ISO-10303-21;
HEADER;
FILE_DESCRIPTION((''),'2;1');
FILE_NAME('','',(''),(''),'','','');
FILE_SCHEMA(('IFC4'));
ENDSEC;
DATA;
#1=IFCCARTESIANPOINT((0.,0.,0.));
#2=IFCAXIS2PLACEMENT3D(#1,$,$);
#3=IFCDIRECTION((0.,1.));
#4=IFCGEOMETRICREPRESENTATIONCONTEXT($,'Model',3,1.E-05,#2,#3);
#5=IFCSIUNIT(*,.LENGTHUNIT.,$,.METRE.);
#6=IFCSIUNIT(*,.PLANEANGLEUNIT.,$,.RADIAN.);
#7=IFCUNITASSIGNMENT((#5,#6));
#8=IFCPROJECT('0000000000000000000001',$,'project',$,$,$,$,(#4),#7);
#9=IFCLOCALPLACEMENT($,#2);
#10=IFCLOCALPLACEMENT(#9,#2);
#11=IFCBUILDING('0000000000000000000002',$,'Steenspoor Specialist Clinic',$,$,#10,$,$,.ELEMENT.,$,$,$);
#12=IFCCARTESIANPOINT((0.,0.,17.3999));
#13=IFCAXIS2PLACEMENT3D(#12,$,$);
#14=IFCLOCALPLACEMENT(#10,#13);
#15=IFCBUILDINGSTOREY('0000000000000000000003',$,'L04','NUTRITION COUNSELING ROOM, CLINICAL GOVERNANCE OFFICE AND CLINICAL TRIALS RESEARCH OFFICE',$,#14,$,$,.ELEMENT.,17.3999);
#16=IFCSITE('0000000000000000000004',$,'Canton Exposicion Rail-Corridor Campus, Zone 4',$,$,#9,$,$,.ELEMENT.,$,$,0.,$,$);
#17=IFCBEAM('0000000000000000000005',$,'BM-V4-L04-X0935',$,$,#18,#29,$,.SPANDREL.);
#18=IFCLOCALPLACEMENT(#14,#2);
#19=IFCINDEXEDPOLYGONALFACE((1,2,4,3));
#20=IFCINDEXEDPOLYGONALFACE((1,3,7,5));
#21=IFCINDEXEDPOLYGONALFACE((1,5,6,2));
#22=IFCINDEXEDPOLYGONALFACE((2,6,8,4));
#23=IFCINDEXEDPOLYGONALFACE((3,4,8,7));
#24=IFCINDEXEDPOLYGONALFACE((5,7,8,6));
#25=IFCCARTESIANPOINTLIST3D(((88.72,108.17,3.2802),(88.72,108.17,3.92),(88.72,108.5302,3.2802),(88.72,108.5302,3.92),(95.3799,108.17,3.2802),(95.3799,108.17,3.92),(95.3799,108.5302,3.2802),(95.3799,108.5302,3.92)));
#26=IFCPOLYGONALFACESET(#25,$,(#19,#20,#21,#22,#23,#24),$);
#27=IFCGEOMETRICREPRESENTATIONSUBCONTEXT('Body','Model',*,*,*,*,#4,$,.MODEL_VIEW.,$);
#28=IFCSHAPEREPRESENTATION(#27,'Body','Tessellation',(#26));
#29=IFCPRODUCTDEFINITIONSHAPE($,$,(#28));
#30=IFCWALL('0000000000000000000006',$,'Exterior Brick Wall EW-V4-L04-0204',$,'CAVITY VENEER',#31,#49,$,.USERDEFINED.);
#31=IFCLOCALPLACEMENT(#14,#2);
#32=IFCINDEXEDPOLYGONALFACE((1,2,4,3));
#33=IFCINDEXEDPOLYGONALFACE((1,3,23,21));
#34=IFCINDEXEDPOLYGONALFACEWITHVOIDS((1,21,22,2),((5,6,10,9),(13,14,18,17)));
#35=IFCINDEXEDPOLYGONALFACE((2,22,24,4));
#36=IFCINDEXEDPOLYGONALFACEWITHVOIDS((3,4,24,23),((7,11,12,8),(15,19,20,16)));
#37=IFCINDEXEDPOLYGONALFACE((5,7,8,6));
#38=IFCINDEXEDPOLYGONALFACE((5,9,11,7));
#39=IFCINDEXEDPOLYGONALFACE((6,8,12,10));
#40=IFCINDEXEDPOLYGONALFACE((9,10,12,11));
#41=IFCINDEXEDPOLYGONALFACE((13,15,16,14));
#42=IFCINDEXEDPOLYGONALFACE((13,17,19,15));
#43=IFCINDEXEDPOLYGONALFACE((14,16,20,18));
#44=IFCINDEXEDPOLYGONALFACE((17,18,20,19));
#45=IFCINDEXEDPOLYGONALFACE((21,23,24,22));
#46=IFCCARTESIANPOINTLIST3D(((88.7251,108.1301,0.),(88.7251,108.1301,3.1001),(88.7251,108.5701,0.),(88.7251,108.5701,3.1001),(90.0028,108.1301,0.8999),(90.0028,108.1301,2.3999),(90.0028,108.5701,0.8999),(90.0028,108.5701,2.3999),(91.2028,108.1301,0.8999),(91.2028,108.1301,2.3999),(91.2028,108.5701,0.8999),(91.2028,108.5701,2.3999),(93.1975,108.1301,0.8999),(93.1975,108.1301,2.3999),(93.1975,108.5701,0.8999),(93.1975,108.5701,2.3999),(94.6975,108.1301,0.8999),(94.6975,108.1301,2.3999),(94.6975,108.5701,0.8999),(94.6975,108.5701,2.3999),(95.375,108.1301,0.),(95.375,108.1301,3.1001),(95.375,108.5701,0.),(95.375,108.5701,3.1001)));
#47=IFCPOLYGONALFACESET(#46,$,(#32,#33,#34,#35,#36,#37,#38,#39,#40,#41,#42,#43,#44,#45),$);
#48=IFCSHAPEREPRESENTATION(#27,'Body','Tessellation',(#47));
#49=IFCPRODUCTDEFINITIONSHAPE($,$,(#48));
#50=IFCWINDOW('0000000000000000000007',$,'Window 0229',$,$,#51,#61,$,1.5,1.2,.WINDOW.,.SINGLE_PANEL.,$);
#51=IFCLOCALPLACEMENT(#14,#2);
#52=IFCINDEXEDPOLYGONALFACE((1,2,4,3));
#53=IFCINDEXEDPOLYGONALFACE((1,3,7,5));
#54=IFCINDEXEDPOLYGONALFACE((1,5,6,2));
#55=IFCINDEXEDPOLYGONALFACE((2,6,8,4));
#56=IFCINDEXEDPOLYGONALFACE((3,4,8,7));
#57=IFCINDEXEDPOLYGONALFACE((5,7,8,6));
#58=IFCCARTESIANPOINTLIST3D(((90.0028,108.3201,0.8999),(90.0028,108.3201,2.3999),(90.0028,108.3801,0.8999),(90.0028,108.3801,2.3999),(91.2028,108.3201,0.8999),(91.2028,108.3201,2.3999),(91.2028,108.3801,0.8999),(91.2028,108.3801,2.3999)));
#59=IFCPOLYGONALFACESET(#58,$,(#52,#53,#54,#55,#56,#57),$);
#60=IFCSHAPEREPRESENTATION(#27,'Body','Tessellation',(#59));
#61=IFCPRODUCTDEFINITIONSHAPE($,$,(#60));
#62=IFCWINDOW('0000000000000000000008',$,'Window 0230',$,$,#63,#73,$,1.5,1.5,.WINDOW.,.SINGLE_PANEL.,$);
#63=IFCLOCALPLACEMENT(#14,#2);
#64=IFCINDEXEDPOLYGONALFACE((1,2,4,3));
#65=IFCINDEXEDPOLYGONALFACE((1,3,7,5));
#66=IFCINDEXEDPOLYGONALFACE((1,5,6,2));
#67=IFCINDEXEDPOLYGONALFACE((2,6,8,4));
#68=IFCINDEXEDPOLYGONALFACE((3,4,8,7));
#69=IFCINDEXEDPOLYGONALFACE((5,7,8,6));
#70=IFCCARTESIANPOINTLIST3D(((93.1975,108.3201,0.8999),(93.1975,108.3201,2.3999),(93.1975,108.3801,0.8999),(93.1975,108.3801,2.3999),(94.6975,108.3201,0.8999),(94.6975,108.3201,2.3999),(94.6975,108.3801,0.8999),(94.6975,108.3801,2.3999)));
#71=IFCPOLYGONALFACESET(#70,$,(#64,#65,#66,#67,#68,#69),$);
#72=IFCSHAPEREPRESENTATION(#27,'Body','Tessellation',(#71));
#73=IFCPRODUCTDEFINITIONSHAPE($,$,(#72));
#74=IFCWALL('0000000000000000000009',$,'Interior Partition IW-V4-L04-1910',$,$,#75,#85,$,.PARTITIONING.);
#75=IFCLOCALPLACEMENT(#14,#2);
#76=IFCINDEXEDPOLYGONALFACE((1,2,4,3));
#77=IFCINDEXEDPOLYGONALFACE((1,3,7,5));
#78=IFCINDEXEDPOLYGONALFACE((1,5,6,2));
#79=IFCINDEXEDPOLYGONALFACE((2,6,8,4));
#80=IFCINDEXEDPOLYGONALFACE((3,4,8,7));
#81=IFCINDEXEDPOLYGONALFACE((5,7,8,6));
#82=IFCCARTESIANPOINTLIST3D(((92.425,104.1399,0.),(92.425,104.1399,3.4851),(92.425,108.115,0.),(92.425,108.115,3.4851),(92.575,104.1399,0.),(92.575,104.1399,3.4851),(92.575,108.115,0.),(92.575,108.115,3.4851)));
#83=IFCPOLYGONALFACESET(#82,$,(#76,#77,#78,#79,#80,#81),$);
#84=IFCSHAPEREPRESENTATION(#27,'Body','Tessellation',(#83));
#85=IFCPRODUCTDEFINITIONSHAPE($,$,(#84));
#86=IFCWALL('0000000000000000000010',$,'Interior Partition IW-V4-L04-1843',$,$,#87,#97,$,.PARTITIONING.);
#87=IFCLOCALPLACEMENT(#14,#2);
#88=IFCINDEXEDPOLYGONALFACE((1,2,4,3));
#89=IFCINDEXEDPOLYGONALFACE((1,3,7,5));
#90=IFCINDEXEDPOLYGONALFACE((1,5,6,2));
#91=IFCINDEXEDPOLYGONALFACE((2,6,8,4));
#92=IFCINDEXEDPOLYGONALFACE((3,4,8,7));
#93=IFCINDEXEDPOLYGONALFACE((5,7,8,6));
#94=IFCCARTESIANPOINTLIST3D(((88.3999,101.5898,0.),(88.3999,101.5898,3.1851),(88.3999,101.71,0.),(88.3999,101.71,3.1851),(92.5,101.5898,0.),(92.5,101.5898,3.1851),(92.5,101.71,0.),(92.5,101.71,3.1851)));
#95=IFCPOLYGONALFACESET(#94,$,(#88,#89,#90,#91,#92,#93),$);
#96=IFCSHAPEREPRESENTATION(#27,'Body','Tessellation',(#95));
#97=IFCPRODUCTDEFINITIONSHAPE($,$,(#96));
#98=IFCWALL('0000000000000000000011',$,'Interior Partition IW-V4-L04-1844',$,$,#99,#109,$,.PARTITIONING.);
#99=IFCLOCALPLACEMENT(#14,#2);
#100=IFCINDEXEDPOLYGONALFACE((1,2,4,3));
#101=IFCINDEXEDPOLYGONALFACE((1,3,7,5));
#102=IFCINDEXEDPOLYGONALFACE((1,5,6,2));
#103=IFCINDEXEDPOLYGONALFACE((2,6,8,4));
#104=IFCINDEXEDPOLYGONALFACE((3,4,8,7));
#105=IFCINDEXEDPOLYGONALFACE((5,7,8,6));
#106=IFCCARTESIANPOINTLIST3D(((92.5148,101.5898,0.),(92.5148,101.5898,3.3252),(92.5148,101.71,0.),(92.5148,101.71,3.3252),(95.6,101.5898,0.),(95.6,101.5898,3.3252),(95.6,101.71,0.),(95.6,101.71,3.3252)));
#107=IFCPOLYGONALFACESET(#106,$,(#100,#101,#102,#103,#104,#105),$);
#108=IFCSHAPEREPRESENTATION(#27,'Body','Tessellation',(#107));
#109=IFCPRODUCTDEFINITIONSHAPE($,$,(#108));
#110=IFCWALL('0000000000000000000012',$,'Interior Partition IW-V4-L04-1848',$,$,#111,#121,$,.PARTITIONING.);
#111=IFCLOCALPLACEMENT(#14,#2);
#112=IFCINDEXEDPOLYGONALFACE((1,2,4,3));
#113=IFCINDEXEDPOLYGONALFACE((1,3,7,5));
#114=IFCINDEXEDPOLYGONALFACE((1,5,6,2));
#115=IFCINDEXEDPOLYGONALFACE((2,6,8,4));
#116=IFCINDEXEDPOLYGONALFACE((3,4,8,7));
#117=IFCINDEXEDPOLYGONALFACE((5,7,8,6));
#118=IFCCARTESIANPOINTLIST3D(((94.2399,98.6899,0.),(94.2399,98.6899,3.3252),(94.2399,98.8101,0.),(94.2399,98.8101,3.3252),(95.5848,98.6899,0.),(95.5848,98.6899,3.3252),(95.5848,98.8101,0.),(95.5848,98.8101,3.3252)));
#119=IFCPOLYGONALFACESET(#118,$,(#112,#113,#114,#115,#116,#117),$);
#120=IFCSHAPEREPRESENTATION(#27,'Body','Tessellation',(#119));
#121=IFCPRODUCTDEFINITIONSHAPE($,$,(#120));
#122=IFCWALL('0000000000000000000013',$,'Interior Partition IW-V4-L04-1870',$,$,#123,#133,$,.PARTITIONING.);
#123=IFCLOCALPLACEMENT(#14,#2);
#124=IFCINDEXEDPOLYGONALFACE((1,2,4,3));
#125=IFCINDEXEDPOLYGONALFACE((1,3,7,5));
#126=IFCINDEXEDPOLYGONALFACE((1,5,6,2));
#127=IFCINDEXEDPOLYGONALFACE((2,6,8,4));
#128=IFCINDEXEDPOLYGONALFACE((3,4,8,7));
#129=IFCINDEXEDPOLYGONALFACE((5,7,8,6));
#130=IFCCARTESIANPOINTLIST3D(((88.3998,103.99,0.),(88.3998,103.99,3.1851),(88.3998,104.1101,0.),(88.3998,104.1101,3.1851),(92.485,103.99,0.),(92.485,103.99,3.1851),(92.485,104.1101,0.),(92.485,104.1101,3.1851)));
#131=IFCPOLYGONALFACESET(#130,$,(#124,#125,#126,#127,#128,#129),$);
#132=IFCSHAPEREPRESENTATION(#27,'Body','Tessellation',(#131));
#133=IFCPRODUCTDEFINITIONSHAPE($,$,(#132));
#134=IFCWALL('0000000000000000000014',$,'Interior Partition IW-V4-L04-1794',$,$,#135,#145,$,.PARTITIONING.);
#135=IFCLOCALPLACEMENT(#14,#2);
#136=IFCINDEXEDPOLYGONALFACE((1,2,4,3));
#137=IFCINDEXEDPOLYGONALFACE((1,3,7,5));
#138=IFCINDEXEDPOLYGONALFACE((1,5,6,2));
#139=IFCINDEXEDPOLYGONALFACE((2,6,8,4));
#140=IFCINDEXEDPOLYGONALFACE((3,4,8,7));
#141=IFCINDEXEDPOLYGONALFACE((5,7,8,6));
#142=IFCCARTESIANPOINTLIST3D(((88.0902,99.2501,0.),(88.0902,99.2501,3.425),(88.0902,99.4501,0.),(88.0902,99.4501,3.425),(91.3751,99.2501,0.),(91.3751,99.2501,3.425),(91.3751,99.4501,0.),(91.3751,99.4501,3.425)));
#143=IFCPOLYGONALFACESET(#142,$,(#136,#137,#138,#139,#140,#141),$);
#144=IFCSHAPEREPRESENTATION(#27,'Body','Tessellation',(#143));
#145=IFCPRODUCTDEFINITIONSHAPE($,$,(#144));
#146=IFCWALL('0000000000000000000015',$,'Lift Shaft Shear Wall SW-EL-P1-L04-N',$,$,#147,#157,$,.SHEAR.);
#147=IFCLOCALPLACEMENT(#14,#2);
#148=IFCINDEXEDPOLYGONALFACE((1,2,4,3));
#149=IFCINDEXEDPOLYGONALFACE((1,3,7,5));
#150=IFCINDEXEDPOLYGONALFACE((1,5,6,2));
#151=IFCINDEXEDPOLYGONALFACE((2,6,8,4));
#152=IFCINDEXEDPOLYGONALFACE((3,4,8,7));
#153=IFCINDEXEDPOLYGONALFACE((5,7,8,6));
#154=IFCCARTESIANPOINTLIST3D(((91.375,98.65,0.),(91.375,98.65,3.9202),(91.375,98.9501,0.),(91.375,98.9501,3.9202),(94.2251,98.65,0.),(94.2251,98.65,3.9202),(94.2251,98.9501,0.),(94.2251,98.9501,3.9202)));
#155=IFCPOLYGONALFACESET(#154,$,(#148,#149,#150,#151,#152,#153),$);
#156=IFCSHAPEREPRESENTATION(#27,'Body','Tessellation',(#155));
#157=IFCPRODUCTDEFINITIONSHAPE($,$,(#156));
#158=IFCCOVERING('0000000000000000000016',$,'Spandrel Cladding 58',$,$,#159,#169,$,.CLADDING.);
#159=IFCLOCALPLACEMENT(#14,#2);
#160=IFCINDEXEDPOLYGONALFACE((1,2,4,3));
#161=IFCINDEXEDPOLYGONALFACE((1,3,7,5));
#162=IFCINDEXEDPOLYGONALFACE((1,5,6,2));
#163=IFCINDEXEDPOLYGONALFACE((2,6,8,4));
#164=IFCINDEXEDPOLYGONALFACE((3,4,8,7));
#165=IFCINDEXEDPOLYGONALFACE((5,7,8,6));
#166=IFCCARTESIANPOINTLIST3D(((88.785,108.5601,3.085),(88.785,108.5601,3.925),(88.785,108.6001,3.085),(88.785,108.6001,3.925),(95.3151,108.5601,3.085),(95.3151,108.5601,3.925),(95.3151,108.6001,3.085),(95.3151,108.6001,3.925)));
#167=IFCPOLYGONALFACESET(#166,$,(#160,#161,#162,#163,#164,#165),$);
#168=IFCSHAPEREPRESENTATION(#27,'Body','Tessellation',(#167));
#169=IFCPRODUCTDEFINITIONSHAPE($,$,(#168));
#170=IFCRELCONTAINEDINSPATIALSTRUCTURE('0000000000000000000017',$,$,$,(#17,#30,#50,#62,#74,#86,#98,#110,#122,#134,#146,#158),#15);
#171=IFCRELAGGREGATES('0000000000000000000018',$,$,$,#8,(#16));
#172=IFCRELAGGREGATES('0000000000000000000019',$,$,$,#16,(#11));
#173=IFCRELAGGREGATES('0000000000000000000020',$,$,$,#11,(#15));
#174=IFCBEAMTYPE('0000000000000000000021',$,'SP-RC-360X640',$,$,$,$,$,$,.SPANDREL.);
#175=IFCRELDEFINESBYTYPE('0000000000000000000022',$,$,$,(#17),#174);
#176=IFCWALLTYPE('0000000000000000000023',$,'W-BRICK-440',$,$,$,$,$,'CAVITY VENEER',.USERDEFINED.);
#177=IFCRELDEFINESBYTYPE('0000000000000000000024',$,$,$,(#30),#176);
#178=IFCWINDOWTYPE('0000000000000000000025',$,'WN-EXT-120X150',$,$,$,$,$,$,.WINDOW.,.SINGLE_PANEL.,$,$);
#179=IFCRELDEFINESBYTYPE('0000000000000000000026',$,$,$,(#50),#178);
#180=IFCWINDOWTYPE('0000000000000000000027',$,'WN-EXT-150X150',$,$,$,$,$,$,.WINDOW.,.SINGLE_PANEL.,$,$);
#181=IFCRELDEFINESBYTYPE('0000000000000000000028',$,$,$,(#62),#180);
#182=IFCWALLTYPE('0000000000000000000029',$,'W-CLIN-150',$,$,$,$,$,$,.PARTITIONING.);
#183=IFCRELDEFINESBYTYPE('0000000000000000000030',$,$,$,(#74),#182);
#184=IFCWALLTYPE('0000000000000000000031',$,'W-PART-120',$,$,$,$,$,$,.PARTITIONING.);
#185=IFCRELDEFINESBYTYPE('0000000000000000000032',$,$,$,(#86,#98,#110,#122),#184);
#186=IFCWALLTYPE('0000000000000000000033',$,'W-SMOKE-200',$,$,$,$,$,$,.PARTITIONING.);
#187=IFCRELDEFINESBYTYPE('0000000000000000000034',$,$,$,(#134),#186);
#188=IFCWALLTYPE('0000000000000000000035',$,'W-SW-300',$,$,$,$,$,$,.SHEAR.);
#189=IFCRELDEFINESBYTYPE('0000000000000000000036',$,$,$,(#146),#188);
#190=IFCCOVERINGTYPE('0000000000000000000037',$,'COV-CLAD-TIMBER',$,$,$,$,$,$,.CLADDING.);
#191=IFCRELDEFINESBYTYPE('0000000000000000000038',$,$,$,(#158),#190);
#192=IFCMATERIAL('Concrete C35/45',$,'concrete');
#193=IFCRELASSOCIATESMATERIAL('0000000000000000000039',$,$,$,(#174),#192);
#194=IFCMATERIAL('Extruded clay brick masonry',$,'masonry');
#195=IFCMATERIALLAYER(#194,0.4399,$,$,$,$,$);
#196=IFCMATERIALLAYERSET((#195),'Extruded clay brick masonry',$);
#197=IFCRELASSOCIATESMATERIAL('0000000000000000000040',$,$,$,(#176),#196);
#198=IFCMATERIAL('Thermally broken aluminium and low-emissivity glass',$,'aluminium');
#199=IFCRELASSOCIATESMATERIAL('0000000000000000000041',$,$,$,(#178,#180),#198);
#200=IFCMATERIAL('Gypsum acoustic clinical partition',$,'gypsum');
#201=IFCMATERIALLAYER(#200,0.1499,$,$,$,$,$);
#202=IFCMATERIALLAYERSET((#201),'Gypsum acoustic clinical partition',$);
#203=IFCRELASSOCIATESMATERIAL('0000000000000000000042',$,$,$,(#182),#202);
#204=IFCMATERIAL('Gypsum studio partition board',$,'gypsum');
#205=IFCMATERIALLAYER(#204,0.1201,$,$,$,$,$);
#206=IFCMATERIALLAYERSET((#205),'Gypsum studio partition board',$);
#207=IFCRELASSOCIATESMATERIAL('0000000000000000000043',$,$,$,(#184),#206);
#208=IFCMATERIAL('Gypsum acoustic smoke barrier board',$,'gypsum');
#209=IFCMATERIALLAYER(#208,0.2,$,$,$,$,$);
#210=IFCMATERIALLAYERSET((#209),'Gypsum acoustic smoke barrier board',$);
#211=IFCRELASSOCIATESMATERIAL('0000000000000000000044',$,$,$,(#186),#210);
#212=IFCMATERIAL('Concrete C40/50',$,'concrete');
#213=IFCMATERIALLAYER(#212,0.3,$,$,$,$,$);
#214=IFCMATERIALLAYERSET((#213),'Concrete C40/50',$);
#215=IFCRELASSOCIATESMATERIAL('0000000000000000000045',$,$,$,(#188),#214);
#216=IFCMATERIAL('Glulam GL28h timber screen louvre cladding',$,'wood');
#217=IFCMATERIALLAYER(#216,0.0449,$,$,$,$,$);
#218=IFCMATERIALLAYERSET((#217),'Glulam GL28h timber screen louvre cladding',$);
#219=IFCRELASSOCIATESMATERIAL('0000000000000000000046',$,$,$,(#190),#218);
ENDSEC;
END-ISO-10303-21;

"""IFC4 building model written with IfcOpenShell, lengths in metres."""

from ifc_helpers import new_model, si_unit, direction, frame, frame_2d, origin, origin_2d, place, context, subcontext, project, spatial, rectangle, extrude, material, layer, layer_set, material_profile, profile_set, type_object, element, fill, save


model = new_model("IFC4")

# Units and contexts
model_context = context("Model", 3, precision=1e-05, world=origin(), true_north=direction((0.0, 1.0)))
body_context = subcontext(model_context, "Body", "Model", "MODEL_VIEW")
ifc_project = project(units=[si_unit("LENGTHUNIT", "METRE"), si_unit("PLANEANGLEUNIT", "RADIAN")], contexts=[model_context])

# Site, building, storey
site_placement = place(None, origin())
site = spatial("IfcSite", under=ifc_project, at=site_placement, Name="Canton Exposicion Rail-Corridor Campus, Zone 4", CompositionType="ELEMENT", RefElevation=0.0)
building_placement = place(site_placement, origin())
building = spatial("IfcBuilding", under=site, at=building_placement, Name="Steenspoor Specialist Clinic", CompositionType="ELEMENT")
storey_placement = place(building_placement, frame((0.0, 0.0, 17.3999)))
storey = spatial("IfcBuildingStorey", under=building, at=storey_placement, Name="L04", Description="NUTRITION COUNSELING ROOM, CLINICAL GOVERNANCE OFFICE AND CLINICAL TRIALS RESEARCH OFFICE", CompositionType="ELEMENT", Elevation=17.3999)

# Shared definitions
ifc_material_1 = material(Name="Concrete C40/50", Category="concrete")

# Shared definitions
ifc_material_2 = material(Name="Concrete C35/45", Category="concrete")

# Beam
ifc_material_profile_1 = material_profile(ifc_material_2, rectangle(XDim=0.3601, YDim=0.6399, at=origin_2d()), Name="RC-SP-360X640")
ifc_profile_set_1 = profile_set([ifc_material_profile_1], Name="Concrete C35/45")
beam_type_1 = type_object("IfcBeamType", Name="SP-RC-360X640", PredefinedType="SPANDREL", material=ifc_profile_set_1)
beam_1_placement = place(storey_placement, frame((88.72, 108.3501, 3.6001), z_axis=(1.0, 0.0, 0.0), x_axis=(0.0, 1.0, 0.0)))
element("IfcBeam", 1, at=beam_1_placement, inside=storey, type_object=beam_type_1, Name="BM-V4-L04-X0935", PredefinedType="SPANDREL", context=body_context, shape_type="SweptSolid", body=[
    extrude(rectangle(XDim=0.3601, YDim=0.6399, at=origin_2d()), origin(), (0.0, 0.0, 1.0), 6.6599),
])

# Wall, openings, windows
ifc_material_3 = material(Name="Extruded clay brick masonry", Category="masonry")
ifc_layer_1 = layer(ifc_material_3, 0.4399)
ifc_layer_set_1 = layer_set([ifc_layer_1], Name="Extruded clay brick masonry")
wall_type_1 = type_object("IfcWallType", Name="W-BRICK-440", ElementType="CAVITY VENEER", PredefinedType="USERDEFINED", material=ifc_layer_set_1)
wall_1_placement = place(storey_placement, frame((88.7251, 108.3501, 0.0), z_axis=(0.0, 0.0, 1.0), x_axis=(1.0, 0.0, 0.0)))
wall_1 = element("IfcWall", 2, at=wall_1_placement, inside=storey, type_object=wall_type_1, Name="Exterior Brick Wall EW-V4-L04-0204", ObjectType="CAVITY VENEER", PredefinedType="USERDEFINED", context=body_context, shape_type="SweptSolid", body=[
    extrude(rectangle(XDim=6.6499, YDim=0.4399, at=frame_2d((3.325, 0.0))), origin(), (0.0, 0.0, 1.0), 3.1001),
])
opening_1_placement = place(wall_1_placement, frame((1.2776, 0.0, 0.8999)))
opening_1 = element("IfcOpeningElement", 3, at=opening_1_placement, cuts=wall_1, PredefinedType="OPENING", context=body_context, shape_type="SweptSolid", body=[
    extrude(rectangle(XDim=1.2, YDim=1.5, at=frame_2d((0.6001, 0.75))), frame((0.0, 0.23, 0.0), z_axis=(0.0, -1.0, 0.0), x_axis=(1.0, 0.0, 0.0)), (0.0, 0.0, 1.0), 0.46),
])
opening_2_placement = place(wall_1_placement, frame((4.4724, 0.0, 0.8999)))
opening_2 = element("IfcOpeningElement", 4, at=opening_2_placement, cuts=wall_1, PredefinedType="OPENING", context=body_context, shape_type="SweptSolid", body=[
    extrude(rectangle(XDim=1.5, YDim=1.5, at=frame_2d((0.75, 0.75))), frame((0.0, 0.23, 0.0), z_axis=(0.0, -1.0, 0.0), x_axis=(1.0, 0.0, 0.0)), (0.0, 0.0, 1.0), 0.46),
])
ifc_material_4 = material(Name="Thermally broken aluminium and low-emissivity glass", Category="aluminium")
window_type_1 = type_object("IfcWindowType", Name="WN-EXT-120X150", PartitioningType="SINGLE_PANEL", PredefinedType="WINDOW", material=ifc_material_4)
window_1_placement = place(opening_1_placement, origin())
window_1 = element("IfcWindow", 5, at=window_1_placement, inside=storey, type_object=window_type_1, Name="Window 0229", OverallHeight=1.5, OverallWidth=1.2, PartitioningType="SINGLE_PANEL", PredefinedType="WINDOW", context=body_context, shape_type="SweptSolid", body=[
    extrude(rectangle(XDim=1.2, YDim=1.5, at=frame_2d((0.6001, 0.75))), frame((0.0, 0.03, 0.0), z_axis=(0.0, -1.0, 0.0), x_axis=(1.0, 0.0, 0.0)), (0.0, 0.0, 1.0), 0.0601),
])
fill(opening_1, window_1)
window_type_2 = type_object("IfcWindowType", Name="WN-EXT-150X150", PartitioningType="SINGLE_PANEL", PredefinedType="WINDOW", material=ifc_material_4)
window_2_placement = place(opening_2_placement, origin())
window_2 = element("IfcWindow", 6, at=window_2_placement, inside=storey, type_object=window_type_2, Name="Window 0230", OverallHeight=1.5, OverallWidth=1.5, PartitioningType="SINGLE_PANEL", PredefinedType="WINDOW", context=body_context, shape_type="SweptSolid", body=[
    extrude(rectangle(XDim=1.5, YDim=1.5, at=frame_2d((0.75, 0.75))), frame((0.0, 0.03, 0.0), z_axis=(0.0, -1.0, 0.0), x_axis=(1.0, 0.0, 0.0)), (0.0, 0.0, 1.0), 0.0601),
])
fill(opening_2, window_2)

# Shared definitions
ifc_material_5 = material(Name="Gypsum acoustic clinical partition", Category="gypsum")
ifc_layer_2 = layer(ifc_material_5, 0.1499)
ifc_layer_set_2 = layer_set([ifc_layer_2], Name="Gypsum acoustic clinical partition")
wall_type_2 = type_object("IfcWallType", Name="W-CLIN-150", PredefinedType="PARTITIONING", material=ifc_layer_set_2)

# Walls
wall_2_placement = place(storey_placement, frame((92.5, 104.1399, 0.0), z_axis=(0.0, 0.0, 1.0), x_axis=(0.0, 1.0, 0.0)))
element("IfcWall", 7, at=wall_2_placement, inside=storey, type_object=wall_type_2, Name="Interior Partition IW-V4-L04-1910", PredefinedType="PARTITIONING", context=body_context, shape_type="SweptSolid", body=[
    extrude(rectangle(XDim=3.9751, YDim=0.1499, at=frame_2d((1.9875, 0.0))), origin(), (0.0, 0.0, 1.0), 3.4851),
])
ifc_material_6 = material(Name="Gypsum studio partition board", Category="gypsum")
ifc_layer_3 = layer(ifc_material_6, 0.1201)
ifc_layer_set_3 = layer_set([ifc_layer_3], Name="Gypsum studio partition board")
wall_type_3 = type_object("IfcWallType", Name="W-PART-120", PredefinedType="PARTITIONING", material=ifc_layer_set_3)
wall_3_placement = place(storey_placement, frame((88.3999, 101.6499, 0.0), z_axis=(0.0, 0.0, 1.0), x_axis=(1.0, 0.0, 0.0)))
element("IfcWall", 8, at=wall_3_placement, inside=storey, type_object=wall_type_3, Name="Interior Partition IW-V4-L04-1843", PredefinedType="PARTITIONING", context=body_context, shape_type="SweptSolid", body=[
    extrude(rectangle(XDim=4.1001, YDim=0.1201, at=frame_2d((2.05, 0.0))), origin(), (0.0, 0.0, 1.0), 3.1851),
])
wall_4_placement = place(storey_placement, frame((92.5149, 101.6499, 0.0), z_axis=(0.0, 0.0, 1.0), x_axis=(1.0, 0.0, 0.0)))
element("IfcWall", 9, at=wall_4_placement, inside=storey, type_object=wall_type_3, Name="Interior Partition IW-V4-L04-1844", PredefinedType="PARTITIONING", context=body_context, shape_type="SweptSolid", body=[
    extrude(rectangle(XDim=3.0852, YDim=0.1201, at=frame_2d((1.5425, 0.0))), origin(), (0.0, 0.0, 1.0), 3.3252),
])
wall_5_placement = place(storey_placement, frame((94.24, 98.75, 0.0), z_axis=(0.0, 0.0, 1.0), x_axis=(1.0, 0.0, 0.0)))
element("IfcWall", 10, at=wall_5_placement, inside=storey, type_object=wall_type_3, Name="Interior Partition IW-V4-L04-1848", PredefinedType="PARTITIONING", context=body_context, shape_type="SweptSolid", body=[
    extrude(rectangle(XDim=1.345, YDim=0.1201, at=frame_2d((0.6724, 0.0))), origin(), (0.0, 0.0, 1.0), 3.3252),
])
wall_6_placement = place(storey_placement, frame((88.3999, 104.05, 0.0), z_axis=(0.0, 0.0, 1.0), x_axis=(1.0, 0.0, 0.0)))
element("IfcWall", 11, at=wall_6_placement, inside=storey, type_object=wall_type_3, Name="Interior Partition IW-V4-L04-1870", PredefinedType="PARTITIONING", context=body_context, shape_type="SweptSolid", body=[
    extrude(rectangle(XDim=4.0852, YDim=0.1201, at=frame_2d((2.0425, 0.0))), origin(), (0.0, 0.0, 1.0), 3.1851),
])
ifc_material_7 = material(Name="Gypsum acoustic smoke barrier board", Category="gypsum")
ifc_layer_4 = layer(ifc_material_7, 0.2)
ifc_layer_set_4 = layer_set([ifc_layer_4], Name="Gypsum acoustic smoke barrier board")
wall_type_4 = type_object("IfcWallType", Name="W-SMOKE-200", PredefinedType="PARTITIONING", material=ifc_layer_set_4)
wall_7_placement = place(storey_placement, frame((88.0901, 99.3501, 0.0), z_axis=(0.0, 0.0, 1.0), x_axis=(1.0, 0.0, 0.0)))
element("IfcWall", 12, at=wall_7_placement, inside=storey, type_object=wall_type_4, Name="Interior Partition IW-V4-L04-1794", PredefinedType="PARTITIONING", context=body_context, shape_type="SweptSolid", body=[
    extrude(rectangle(XDim=3.2849, YDim=0.2, at=frame_2d((1.6426, 0.0))), origin(), (0.0, 0.0, 1.0), 3.425),
])
ifc_layer_5 = layer(ifc_material_1, 0.3)
ifc_layer_set_5 = layer_set([ifc_layer_5], Name="Concrete C40/50")
wall_type_5 = type_object("IfcWallType", Name="W-SW-300", PredefinedType="SHEAR", material=ifc_layer_set_5)
wall_8_placement = place(storey_placement, frame((91.375, 98.8, 0.0), z_axis=(0.0, 0.0, 1.0), x_axis=(1.0, 0.0, 0.0)))
element("IfcWall", 13, at=wall_8_placement, inside=storey, type_object=wall_type_5, Name="Lift Shaft Shear Wall SW-EL-P1-L04-N", PredefinedType="SHEAR", context=body_context, shape_type="SweptSolid", body=[
    extrude(rectangle(XDim=2.8501, YDim=0.3, at=frame_2d((1.425, 0.0))), origin(), (0.0, 0.0, 1.0), 3.9202),
])

# Covering
ifc_material_8 = material(Name="Glulam GL28h timber screen louvre cladding", Category="wood")
ifc_layer_6 = layer(ifc_material_8, 0.0449)
ifc_layer_set_6 = layer_set([ifc_layer_6], Name="Glulam GL28h timber screen louvre cladding")
covering_type = type_object("IfcCoveringType", Name="COV-CLAD-TIMBER", PredefinedType="CLADDING", material=ifc_layer_set_6)
covering_placement = place(storey_placement, frame((92.05, 108.5801, 3.085), z_axis=(0.0, 0.0, 1.0), x_axis=(1.0, 0.0, 0.0)))
element("IfcCovering", 14, at=covering_placement, inside=storey, type_object=covering_type, Name="Spandrel Cladding 58", PredefinedType="CLADDING", context=body_context, shape_type="SweptSolid", body=[
    extrude(rectangle(XDim=6.53, YDim=0.04, at=origin_2d()), origin(), (0.0, 0.0, 1.0), 0.8401),
])

save(model, "model.ifc")
